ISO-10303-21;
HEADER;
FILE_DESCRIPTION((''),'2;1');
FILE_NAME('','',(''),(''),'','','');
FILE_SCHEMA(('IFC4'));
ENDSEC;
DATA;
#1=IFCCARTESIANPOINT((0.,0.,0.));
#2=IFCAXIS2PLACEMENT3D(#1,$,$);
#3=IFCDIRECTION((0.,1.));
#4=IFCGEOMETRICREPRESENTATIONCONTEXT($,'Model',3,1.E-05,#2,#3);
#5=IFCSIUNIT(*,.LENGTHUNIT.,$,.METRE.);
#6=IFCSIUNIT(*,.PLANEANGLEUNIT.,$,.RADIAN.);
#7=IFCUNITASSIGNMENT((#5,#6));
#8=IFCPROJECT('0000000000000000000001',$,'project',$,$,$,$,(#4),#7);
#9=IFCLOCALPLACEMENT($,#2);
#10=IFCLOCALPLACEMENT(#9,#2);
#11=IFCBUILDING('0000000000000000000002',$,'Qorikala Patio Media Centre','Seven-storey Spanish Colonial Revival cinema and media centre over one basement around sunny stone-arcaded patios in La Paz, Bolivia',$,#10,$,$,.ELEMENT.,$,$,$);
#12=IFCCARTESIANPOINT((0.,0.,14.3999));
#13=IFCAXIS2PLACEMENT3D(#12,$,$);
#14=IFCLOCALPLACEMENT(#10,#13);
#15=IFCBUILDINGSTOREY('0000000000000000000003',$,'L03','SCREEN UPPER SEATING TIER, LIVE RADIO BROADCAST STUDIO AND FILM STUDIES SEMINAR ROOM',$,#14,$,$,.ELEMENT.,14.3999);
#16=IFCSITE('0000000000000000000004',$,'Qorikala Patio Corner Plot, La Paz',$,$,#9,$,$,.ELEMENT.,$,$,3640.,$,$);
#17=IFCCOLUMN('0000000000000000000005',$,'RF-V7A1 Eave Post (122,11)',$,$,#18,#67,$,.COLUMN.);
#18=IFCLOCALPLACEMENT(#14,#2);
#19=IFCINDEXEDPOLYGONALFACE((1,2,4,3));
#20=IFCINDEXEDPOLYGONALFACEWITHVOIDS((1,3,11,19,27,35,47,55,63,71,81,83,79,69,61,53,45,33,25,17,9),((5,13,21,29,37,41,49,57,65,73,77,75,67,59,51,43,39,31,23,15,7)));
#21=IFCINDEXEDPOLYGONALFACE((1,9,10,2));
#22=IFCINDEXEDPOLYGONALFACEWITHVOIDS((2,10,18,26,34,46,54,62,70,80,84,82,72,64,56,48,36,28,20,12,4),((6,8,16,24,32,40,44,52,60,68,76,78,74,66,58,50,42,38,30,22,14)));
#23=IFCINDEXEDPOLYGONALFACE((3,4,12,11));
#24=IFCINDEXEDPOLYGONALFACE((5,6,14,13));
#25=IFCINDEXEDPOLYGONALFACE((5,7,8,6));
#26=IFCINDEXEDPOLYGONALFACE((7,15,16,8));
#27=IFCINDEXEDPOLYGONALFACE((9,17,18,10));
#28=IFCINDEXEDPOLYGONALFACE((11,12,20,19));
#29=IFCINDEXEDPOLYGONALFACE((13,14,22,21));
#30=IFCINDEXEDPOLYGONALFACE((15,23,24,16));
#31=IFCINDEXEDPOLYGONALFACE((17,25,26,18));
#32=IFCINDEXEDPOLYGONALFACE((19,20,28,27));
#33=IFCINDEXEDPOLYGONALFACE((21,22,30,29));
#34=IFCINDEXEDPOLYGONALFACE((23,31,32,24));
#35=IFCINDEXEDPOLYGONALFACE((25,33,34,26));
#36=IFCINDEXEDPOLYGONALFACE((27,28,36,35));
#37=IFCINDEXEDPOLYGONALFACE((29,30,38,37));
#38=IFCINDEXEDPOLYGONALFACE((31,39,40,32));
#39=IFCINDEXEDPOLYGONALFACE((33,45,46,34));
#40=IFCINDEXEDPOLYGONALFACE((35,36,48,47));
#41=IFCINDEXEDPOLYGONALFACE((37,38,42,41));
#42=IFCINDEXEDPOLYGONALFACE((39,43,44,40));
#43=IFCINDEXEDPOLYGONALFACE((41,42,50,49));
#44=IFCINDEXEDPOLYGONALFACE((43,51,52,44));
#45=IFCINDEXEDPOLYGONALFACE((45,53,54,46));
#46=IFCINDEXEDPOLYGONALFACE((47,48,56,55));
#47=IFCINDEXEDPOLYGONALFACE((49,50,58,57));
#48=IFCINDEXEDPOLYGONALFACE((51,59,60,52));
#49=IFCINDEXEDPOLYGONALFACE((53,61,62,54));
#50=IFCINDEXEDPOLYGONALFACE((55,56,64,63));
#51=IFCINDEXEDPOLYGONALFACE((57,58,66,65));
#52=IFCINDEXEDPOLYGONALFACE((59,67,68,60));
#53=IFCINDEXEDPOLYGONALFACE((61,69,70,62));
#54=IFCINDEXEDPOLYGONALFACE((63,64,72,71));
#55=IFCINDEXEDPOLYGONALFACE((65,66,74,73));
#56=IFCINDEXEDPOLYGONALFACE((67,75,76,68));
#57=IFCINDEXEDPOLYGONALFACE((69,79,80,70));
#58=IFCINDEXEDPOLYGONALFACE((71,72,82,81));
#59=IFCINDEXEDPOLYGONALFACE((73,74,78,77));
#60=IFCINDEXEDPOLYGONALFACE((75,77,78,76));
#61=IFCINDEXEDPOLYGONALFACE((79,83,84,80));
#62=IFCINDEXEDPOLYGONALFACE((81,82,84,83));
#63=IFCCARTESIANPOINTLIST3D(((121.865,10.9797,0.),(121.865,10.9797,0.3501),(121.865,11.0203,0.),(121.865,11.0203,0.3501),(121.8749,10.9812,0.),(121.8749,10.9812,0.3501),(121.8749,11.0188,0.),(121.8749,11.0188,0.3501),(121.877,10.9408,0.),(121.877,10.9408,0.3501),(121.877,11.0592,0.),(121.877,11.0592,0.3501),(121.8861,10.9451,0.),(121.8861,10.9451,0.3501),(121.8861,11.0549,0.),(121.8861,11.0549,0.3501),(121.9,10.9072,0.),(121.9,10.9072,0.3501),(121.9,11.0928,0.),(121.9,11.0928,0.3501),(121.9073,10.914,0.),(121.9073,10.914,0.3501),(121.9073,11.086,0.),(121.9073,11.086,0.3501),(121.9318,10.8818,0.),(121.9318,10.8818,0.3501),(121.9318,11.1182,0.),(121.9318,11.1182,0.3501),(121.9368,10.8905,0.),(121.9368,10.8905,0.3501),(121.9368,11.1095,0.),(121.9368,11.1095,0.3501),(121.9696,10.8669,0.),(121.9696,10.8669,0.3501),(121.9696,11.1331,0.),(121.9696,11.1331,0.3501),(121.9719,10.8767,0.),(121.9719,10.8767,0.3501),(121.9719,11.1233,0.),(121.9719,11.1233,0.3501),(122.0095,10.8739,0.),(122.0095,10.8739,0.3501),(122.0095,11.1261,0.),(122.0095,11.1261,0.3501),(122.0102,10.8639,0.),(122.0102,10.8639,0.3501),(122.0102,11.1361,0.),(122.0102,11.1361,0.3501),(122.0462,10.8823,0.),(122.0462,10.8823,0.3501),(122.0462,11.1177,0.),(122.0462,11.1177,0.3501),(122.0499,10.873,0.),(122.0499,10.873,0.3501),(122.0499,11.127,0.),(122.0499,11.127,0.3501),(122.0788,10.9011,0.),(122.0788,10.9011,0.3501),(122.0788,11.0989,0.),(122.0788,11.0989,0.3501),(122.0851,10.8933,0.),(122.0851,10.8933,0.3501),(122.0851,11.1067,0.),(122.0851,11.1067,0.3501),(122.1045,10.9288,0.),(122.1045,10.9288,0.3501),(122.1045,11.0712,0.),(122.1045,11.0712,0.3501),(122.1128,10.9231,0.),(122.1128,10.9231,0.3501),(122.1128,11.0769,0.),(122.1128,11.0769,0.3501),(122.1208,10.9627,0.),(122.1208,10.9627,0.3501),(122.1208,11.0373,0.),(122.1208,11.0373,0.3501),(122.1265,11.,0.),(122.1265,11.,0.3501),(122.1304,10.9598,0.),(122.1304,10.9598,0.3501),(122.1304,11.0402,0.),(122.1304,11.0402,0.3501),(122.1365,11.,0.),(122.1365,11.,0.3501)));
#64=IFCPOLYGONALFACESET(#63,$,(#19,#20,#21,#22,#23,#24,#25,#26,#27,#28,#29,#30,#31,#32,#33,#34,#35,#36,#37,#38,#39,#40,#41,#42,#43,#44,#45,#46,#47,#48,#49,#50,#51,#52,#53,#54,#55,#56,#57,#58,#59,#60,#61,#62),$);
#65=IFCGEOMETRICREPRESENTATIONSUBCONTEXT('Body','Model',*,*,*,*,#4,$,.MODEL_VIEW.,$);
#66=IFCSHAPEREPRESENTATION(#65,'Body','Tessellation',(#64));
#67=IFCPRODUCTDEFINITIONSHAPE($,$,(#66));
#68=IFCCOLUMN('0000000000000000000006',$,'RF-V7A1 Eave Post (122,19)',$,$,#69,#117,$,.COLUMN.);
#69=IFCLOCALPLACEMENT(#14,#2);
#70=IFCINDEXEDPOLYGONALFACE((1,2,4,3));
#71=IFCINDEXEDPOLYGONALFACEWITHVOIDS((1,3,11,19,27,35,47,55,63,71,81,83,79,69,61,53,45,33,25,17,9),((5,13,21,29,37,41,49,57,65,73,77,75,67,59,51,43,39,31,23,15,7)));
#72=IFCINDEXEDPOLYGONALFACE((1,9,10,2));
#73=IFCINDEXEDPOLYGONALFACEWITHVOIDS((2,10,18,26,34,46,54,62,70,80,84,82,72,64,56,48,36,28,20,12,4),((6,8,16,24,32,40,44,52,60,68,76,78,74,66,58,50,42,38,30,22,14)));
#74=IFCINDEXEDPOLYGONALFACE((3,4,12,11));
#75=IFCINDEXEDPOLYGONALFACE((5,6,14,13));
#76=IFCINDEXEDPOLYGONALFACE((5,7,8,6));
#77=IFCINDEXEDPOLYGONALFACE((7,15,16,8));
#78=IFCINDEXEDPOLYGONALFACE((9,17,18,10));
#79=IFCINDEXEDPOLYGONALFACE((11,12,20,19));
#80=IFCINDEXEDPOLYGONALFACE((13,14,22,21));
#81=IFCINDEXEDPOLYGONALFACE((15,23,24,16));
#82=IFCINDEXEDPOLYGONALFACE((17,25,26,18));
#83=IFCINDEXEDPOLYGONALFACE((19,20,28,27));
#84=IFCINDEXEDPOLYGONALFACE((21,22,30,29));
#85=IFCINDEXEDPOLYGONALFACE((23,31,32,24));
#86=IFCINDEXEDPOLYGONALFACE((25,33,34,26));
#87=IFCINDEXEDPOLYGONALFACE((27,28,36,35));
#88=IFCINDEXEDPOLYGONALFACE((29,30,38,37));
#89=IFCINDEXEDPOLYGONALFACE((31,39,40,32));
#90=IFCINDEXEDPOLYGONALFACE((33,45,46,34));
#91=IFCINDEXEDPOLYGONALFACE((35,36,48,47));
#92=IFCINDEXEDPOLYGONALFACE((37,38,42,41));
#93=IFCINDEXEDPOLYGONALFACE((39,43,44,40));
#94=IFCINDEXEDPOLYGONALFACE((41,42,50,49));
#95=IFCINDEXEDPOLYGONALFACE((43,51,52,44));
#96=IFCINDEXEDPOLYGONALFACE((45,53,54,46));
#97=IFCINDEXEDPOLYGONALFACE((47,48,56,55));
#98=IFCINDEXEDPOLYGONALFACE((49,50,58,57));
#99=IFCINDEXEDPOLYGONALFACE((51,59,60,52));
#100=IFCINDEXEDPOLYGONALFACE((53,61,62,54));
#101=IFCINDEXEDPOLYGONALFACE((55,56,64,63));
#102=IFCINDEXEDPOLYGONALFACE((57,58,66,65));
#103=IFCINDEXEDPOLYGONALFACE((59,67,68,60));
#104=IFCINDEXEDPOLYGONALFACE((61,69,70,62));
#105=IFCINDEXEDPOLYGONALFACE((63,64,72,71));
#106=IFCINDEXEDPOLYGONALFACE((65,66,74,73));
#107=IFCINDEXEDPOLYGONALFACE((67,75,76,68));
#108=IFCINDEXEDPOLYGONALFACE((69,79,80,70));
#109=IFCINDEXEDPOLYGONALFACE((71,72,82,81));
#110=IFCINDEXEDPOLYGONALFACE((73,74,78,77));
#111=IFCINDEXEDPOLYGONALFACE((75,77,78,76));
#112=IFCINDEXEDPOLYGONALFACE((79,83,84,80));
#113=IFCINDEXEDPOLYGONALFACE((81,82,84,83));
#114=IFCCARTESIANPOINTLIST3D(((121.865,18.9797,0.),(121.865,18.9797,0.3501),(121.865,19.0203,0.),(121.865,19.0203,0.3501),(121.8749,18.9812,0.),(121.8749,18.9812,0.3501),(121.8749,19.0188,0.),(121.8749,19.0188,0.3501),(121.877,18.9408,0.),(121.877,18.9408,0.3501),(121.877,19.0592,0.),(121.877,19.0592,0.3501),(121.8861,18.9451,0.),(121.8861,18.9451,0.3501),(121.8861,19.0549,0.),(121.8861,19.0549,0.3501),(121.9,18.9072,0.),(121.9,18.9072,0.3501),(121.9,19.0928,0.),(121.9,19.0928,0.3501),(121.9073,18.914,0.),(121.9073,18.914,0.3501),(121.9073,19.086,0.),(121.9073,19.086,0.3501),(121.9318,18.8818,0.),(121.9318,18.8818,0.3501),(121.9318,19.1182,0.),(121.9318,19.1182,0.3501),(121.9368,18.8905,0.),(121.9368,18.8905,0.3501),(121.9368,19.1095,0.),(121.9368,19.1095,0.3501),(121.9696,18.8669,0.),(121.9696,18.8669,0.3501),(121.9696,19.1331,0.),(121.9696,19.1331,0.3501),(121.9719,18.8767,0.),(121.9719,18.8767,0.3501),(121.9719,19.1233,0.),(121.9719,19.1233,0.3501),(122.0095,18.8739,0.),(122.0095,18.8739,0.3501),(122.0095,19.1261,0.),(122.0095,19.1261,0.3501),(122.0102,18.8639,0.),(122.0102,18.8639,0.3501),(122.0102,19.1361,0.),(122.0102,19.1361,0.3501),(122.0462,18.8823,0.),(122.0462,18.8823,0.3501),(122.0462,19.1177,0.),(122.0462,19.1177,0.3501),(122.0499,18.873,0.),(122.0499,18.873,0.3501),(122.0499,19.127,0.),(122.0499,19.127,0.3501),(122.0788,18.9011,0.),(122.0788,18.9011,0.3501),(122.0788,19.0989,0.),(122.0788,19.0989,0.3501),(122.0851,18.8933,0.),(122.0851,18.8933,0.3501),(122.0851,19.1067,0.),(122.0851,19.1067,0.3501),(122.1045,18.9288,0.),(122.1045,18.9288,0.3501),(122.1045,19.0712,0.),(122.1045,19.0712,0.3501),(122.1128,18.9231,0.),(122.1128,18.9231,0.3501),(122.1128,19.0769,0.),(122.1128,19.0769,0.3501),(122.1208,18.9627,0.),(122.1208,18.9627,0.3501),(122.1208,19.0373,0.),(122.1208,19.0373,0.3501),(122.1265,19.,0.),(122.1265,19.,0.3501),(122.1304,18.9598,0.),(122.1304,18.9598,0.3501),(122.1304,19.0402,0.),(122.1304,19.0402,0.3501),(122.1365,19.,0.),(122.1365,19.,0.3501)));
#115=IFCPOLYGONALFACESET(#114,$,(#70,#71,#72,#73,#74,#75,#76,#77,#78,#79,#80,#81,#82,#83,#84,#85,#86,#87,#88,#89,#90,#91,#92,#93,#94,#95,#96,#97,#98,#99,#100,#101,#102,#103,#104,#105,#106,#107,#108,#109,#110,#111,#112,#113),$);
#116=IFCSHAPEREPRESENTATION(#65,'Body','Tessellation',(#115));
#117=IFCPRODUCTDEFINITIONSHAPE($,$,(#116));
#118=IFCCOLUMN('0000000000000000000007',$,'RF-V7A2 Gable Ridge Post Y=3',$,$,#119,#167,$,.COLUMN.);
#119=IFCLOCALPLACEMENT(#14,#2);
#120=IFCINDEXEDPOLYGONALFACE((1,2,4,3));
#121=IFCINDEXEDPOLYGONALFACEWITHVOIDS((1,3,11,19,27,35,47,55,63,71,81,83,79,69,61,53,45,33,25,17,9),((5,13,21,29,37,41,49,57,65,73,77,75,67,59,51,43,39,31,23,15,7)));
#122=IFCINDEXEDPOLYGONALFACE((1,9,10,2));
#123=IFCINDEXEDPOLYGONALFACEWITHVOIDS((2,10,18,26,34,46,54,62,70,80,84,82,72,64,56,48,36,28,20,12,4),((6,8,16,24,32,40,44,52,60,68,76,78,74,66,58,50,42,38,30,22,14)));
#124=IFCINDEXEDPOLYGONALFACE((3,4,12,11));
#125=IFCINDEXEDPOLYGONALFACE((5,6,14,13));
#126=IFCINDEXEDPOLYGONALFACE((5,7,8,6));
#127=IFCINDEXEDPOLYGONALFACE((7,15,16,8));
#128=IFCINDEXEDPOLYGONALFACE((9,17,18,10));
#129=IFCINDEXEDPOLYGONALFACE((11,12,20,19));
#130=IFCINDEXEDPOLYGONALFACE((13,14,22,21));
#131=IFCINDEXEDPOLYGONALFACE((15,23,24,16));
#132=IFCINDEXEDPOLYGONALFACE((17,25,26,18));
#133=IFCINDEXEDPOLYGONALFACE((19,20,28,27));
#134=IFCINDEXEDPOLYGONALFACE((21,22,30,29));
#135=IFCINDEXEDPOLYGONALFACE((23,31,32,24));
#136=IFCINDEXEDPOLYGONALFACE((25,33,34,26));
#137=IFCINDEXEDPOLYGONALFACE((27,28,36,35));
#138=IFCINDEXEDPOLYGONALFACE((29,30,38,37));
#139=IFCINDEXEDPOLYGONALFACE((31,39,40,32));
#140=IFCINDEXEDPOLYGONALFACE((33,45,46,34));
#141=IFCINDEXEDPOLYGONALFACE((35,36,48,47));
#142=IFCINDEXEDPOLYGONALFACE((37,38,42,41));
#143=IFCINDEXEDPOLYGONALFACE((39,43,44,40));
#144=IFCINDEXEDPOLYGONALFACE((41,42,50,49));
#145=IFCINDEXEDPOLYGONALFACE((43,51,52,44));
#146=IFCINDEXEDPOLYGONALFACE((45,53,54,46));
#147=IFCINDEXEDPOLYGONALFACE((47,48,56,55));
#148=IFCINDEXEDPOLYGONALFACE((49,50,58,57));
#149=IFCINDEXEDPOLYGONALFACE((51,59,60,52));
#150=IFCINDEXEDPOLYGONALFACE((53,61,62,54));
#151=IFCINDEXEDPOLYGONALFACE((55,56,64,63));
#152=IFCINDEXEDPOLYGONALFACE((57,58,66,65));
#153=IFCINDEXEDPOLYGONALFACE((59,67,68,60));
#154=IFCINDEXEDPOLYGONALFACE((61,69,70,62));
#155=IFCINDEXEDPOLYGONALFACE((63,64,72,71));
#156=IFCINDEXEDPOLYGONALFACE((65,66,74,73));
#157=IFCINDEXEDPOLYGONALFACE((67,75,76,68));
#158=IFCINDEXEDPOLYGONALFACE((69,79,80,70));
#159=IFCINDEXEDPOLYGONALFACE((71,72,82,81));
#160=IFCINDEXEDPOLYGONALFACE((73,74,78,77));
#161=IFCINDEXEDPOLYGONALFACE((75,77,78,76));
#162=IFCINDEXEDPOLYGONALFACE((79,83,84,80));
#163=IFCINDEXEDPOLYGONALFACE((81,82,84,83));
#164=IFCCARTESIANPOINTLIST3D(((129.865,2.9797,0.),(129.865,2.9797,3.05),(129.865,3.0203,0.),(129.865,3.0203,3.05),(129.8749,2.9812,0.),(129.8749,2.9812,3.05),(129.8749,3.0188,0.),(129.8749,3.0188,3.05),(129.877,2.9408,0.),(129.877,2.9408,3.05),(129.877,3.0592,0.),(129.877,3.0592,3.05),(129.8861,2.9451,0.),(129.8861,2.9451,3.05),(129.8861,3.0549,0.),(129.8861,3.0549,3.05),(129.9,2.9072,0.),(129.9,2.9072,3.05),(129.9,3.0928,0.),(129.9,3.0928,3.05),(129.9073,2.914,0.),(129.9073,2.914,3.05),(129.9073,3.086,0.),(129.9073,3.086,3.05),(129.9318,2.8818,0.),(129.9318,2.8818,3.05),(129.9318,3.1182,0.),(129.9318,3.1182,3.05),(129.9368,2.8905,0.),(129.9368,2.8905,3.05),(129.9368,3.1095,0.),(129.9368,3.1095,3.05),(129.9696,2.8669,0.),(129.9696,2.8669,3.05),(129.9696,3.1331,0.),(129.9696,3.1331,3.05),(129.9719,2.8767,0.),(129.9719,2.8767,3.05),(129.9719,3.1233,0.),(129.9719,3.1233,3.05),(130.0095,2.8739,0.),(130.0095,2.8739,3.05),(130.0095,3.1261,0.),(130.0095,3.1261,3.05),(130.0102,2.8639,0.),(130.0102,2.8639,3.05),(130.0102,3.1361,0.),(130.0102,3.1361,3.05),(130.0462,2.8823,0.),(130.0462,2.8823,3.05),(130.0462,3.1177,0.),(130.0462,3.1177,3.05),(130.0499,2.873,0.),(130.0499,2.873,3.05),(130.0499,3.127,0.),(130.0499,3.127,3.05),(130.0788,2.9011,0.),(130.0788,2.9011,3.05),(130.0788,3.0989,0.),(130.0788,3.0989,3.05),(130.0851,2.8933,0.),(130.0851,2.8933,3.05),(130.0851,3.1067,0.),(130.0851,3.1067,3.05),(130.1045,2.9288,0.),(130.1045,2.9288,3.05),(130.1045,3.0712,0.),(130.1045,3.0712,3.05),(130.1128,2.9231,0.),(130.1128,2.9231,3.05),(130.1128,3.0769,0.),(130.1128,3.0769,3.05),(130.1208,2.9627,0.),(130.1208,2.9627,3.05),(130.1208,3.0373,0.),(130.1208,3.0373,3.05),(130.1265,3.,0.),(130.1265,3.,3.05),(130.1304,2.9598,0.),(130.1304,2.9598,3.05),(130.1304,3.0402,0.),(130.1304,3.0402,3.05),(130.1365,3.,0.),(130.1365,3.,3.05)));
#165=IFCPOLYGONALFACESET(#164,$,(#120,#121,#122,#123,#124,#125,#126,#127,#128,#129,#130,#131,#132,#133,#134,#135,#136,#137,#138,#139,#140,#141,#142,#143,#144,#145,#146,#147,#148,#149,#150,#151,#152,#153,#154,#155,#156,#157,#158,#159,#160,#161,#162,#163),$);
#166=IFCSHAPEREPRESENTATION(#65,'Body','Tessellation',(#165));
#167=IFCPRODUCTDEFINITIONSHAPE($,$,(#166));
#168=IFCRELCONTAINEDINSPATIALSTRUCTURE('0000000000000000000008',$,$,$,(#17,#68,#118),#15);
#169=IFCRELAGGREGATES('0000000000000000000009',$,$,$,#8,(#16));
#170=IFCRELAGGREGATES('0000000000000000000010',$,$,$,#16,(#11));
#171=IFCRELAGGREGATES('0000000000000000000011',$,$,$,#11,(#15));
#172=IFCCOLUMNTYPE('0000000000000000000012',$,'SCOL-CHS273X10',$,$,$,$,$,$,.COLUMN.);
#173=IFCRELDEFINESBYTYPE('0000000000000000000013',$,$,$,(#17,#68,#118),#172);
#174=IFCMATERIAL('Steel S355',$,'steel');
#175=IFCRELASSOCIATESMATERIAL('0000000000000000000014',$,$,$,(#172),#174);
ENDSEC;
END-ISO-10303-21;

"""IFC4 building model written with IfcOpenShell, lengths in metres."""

from ifc_helpers import new_model, si_unit, direction, frame, origin, origin_2d, place, context, subcontext, project, spatial, hollow_circle, extrude, material, material_profile, profile_set, type_object, element, save


model = new_model("IFC4")

# Units and contexts
model_context = context("Model", 3, precision=1e-05, world=origin(), true_north=direction((0.0, 1.0)))
body_context = subcontext(model_context, "Body", "Model", "MODEL_VIEW")
ifc_project = project(units=[si_unit("LENGTHUNIT", "METRE"), si_unit("PLANEANGLEUNIT", "RADIAN")], contexts=[model_context])

# Site, building, storey
site_placement = place(None, origin())
site = spatial("IfcSite", under=ifc_project, at=site_placement, Name="Qorikala Patio Corner Plot, La Paz", CompositionType="ELEMENT", RefElevation=3640.0)
building_placement = place(site_placement, origin())
building = spatial("IfcBuilding", under=site, at=building_placement, Name="Qorikala Patio Media Centre", Description="Seven-storey Spanish Colonial Revival cinema and media centre over one basement around sunny stone-arcaded patios in La Paz, Bolivia", CompositionType="ELEMENT")
storey_placement = place(building_placement, frame((0.0, 0.0, 14.3999)))
storey = spatial("IfcBuildingStorey", under=building, at=storey_placement, Name="L03", Description="SCREEN UPPER SEATING TIER, LIVE RADIO BROADCAST STUDIO AND FILM STUDIES SEMINAR ROOM", CompositionType="ELEMENT", Elevation=14.3999)

# Columns
ifc_material_1 = material(Name="Steel S355", Category="steel")
ifc_material_profile_1 = material_profile(ifc_material_1, hollow_circle(Radius=0.1365, WallThickness=0.01, at=origin_2d()), Name="CHS273X10")
ifc_profile_set_1 = profile_set([ifc_material_profile_1], Name="Steel S355")
column_type = type_object("IfcColumnType", Name="SCOL-CHS273X10", PredefinedType="COLUMN", material=ifc_profile_set_1)
for number, where, z_axis, x_axis, name in (
    (1, (122.0, 11.0, 0.0), (0.0, 0.0, 1.0), (1.0, 0.0, 0.0), "RF-V7A1 Eave Post (122,11)"),
    (2, (122.0, 19.0, 0.0), (0.0, 0.0, 1.0), (1.0, 0.0, 0.0), "RF-V7A1 Eave Post (122,19)"),
):
    element("IfcColumn", number, at=place(storey_placement, frame(where, z_axis=z_axis, x_axis=x_axis)), inside=storey, type_object=column_type, Name=name, PredefinedType="COLUMN", context=body_context, shape_type="SweptSolid", body=[
        extrude(hollow_circle(Radius=0.1365, WallThickness=0.01, at=origin_2d()), origin(), (0.0, 0.0, 1.0), 0.3501),
    ])
column_1_placement = place(storey_placement, frame((130.0, 3.0, 0.0), z_axis=(0.0, 0.0, 1.0), x_axis=(1.0, 0.0, 0.0)))
element("IfcColumn", 3, at=column_1_placement, inside=storey, type_object=column_type, Name="RF-V7A2 Gable Ridge Post Y=3", PredefinedType="COLUMN", context=body_context, shape_type="SweptSolid", body=[
    extrude(hollow_circle(Radius=0.1365, WallThickness=0.01, at=origin_2d()), origin(), (0.0, 0.0, 1.0), 3.05),
])

save(model, "model.ifc")
